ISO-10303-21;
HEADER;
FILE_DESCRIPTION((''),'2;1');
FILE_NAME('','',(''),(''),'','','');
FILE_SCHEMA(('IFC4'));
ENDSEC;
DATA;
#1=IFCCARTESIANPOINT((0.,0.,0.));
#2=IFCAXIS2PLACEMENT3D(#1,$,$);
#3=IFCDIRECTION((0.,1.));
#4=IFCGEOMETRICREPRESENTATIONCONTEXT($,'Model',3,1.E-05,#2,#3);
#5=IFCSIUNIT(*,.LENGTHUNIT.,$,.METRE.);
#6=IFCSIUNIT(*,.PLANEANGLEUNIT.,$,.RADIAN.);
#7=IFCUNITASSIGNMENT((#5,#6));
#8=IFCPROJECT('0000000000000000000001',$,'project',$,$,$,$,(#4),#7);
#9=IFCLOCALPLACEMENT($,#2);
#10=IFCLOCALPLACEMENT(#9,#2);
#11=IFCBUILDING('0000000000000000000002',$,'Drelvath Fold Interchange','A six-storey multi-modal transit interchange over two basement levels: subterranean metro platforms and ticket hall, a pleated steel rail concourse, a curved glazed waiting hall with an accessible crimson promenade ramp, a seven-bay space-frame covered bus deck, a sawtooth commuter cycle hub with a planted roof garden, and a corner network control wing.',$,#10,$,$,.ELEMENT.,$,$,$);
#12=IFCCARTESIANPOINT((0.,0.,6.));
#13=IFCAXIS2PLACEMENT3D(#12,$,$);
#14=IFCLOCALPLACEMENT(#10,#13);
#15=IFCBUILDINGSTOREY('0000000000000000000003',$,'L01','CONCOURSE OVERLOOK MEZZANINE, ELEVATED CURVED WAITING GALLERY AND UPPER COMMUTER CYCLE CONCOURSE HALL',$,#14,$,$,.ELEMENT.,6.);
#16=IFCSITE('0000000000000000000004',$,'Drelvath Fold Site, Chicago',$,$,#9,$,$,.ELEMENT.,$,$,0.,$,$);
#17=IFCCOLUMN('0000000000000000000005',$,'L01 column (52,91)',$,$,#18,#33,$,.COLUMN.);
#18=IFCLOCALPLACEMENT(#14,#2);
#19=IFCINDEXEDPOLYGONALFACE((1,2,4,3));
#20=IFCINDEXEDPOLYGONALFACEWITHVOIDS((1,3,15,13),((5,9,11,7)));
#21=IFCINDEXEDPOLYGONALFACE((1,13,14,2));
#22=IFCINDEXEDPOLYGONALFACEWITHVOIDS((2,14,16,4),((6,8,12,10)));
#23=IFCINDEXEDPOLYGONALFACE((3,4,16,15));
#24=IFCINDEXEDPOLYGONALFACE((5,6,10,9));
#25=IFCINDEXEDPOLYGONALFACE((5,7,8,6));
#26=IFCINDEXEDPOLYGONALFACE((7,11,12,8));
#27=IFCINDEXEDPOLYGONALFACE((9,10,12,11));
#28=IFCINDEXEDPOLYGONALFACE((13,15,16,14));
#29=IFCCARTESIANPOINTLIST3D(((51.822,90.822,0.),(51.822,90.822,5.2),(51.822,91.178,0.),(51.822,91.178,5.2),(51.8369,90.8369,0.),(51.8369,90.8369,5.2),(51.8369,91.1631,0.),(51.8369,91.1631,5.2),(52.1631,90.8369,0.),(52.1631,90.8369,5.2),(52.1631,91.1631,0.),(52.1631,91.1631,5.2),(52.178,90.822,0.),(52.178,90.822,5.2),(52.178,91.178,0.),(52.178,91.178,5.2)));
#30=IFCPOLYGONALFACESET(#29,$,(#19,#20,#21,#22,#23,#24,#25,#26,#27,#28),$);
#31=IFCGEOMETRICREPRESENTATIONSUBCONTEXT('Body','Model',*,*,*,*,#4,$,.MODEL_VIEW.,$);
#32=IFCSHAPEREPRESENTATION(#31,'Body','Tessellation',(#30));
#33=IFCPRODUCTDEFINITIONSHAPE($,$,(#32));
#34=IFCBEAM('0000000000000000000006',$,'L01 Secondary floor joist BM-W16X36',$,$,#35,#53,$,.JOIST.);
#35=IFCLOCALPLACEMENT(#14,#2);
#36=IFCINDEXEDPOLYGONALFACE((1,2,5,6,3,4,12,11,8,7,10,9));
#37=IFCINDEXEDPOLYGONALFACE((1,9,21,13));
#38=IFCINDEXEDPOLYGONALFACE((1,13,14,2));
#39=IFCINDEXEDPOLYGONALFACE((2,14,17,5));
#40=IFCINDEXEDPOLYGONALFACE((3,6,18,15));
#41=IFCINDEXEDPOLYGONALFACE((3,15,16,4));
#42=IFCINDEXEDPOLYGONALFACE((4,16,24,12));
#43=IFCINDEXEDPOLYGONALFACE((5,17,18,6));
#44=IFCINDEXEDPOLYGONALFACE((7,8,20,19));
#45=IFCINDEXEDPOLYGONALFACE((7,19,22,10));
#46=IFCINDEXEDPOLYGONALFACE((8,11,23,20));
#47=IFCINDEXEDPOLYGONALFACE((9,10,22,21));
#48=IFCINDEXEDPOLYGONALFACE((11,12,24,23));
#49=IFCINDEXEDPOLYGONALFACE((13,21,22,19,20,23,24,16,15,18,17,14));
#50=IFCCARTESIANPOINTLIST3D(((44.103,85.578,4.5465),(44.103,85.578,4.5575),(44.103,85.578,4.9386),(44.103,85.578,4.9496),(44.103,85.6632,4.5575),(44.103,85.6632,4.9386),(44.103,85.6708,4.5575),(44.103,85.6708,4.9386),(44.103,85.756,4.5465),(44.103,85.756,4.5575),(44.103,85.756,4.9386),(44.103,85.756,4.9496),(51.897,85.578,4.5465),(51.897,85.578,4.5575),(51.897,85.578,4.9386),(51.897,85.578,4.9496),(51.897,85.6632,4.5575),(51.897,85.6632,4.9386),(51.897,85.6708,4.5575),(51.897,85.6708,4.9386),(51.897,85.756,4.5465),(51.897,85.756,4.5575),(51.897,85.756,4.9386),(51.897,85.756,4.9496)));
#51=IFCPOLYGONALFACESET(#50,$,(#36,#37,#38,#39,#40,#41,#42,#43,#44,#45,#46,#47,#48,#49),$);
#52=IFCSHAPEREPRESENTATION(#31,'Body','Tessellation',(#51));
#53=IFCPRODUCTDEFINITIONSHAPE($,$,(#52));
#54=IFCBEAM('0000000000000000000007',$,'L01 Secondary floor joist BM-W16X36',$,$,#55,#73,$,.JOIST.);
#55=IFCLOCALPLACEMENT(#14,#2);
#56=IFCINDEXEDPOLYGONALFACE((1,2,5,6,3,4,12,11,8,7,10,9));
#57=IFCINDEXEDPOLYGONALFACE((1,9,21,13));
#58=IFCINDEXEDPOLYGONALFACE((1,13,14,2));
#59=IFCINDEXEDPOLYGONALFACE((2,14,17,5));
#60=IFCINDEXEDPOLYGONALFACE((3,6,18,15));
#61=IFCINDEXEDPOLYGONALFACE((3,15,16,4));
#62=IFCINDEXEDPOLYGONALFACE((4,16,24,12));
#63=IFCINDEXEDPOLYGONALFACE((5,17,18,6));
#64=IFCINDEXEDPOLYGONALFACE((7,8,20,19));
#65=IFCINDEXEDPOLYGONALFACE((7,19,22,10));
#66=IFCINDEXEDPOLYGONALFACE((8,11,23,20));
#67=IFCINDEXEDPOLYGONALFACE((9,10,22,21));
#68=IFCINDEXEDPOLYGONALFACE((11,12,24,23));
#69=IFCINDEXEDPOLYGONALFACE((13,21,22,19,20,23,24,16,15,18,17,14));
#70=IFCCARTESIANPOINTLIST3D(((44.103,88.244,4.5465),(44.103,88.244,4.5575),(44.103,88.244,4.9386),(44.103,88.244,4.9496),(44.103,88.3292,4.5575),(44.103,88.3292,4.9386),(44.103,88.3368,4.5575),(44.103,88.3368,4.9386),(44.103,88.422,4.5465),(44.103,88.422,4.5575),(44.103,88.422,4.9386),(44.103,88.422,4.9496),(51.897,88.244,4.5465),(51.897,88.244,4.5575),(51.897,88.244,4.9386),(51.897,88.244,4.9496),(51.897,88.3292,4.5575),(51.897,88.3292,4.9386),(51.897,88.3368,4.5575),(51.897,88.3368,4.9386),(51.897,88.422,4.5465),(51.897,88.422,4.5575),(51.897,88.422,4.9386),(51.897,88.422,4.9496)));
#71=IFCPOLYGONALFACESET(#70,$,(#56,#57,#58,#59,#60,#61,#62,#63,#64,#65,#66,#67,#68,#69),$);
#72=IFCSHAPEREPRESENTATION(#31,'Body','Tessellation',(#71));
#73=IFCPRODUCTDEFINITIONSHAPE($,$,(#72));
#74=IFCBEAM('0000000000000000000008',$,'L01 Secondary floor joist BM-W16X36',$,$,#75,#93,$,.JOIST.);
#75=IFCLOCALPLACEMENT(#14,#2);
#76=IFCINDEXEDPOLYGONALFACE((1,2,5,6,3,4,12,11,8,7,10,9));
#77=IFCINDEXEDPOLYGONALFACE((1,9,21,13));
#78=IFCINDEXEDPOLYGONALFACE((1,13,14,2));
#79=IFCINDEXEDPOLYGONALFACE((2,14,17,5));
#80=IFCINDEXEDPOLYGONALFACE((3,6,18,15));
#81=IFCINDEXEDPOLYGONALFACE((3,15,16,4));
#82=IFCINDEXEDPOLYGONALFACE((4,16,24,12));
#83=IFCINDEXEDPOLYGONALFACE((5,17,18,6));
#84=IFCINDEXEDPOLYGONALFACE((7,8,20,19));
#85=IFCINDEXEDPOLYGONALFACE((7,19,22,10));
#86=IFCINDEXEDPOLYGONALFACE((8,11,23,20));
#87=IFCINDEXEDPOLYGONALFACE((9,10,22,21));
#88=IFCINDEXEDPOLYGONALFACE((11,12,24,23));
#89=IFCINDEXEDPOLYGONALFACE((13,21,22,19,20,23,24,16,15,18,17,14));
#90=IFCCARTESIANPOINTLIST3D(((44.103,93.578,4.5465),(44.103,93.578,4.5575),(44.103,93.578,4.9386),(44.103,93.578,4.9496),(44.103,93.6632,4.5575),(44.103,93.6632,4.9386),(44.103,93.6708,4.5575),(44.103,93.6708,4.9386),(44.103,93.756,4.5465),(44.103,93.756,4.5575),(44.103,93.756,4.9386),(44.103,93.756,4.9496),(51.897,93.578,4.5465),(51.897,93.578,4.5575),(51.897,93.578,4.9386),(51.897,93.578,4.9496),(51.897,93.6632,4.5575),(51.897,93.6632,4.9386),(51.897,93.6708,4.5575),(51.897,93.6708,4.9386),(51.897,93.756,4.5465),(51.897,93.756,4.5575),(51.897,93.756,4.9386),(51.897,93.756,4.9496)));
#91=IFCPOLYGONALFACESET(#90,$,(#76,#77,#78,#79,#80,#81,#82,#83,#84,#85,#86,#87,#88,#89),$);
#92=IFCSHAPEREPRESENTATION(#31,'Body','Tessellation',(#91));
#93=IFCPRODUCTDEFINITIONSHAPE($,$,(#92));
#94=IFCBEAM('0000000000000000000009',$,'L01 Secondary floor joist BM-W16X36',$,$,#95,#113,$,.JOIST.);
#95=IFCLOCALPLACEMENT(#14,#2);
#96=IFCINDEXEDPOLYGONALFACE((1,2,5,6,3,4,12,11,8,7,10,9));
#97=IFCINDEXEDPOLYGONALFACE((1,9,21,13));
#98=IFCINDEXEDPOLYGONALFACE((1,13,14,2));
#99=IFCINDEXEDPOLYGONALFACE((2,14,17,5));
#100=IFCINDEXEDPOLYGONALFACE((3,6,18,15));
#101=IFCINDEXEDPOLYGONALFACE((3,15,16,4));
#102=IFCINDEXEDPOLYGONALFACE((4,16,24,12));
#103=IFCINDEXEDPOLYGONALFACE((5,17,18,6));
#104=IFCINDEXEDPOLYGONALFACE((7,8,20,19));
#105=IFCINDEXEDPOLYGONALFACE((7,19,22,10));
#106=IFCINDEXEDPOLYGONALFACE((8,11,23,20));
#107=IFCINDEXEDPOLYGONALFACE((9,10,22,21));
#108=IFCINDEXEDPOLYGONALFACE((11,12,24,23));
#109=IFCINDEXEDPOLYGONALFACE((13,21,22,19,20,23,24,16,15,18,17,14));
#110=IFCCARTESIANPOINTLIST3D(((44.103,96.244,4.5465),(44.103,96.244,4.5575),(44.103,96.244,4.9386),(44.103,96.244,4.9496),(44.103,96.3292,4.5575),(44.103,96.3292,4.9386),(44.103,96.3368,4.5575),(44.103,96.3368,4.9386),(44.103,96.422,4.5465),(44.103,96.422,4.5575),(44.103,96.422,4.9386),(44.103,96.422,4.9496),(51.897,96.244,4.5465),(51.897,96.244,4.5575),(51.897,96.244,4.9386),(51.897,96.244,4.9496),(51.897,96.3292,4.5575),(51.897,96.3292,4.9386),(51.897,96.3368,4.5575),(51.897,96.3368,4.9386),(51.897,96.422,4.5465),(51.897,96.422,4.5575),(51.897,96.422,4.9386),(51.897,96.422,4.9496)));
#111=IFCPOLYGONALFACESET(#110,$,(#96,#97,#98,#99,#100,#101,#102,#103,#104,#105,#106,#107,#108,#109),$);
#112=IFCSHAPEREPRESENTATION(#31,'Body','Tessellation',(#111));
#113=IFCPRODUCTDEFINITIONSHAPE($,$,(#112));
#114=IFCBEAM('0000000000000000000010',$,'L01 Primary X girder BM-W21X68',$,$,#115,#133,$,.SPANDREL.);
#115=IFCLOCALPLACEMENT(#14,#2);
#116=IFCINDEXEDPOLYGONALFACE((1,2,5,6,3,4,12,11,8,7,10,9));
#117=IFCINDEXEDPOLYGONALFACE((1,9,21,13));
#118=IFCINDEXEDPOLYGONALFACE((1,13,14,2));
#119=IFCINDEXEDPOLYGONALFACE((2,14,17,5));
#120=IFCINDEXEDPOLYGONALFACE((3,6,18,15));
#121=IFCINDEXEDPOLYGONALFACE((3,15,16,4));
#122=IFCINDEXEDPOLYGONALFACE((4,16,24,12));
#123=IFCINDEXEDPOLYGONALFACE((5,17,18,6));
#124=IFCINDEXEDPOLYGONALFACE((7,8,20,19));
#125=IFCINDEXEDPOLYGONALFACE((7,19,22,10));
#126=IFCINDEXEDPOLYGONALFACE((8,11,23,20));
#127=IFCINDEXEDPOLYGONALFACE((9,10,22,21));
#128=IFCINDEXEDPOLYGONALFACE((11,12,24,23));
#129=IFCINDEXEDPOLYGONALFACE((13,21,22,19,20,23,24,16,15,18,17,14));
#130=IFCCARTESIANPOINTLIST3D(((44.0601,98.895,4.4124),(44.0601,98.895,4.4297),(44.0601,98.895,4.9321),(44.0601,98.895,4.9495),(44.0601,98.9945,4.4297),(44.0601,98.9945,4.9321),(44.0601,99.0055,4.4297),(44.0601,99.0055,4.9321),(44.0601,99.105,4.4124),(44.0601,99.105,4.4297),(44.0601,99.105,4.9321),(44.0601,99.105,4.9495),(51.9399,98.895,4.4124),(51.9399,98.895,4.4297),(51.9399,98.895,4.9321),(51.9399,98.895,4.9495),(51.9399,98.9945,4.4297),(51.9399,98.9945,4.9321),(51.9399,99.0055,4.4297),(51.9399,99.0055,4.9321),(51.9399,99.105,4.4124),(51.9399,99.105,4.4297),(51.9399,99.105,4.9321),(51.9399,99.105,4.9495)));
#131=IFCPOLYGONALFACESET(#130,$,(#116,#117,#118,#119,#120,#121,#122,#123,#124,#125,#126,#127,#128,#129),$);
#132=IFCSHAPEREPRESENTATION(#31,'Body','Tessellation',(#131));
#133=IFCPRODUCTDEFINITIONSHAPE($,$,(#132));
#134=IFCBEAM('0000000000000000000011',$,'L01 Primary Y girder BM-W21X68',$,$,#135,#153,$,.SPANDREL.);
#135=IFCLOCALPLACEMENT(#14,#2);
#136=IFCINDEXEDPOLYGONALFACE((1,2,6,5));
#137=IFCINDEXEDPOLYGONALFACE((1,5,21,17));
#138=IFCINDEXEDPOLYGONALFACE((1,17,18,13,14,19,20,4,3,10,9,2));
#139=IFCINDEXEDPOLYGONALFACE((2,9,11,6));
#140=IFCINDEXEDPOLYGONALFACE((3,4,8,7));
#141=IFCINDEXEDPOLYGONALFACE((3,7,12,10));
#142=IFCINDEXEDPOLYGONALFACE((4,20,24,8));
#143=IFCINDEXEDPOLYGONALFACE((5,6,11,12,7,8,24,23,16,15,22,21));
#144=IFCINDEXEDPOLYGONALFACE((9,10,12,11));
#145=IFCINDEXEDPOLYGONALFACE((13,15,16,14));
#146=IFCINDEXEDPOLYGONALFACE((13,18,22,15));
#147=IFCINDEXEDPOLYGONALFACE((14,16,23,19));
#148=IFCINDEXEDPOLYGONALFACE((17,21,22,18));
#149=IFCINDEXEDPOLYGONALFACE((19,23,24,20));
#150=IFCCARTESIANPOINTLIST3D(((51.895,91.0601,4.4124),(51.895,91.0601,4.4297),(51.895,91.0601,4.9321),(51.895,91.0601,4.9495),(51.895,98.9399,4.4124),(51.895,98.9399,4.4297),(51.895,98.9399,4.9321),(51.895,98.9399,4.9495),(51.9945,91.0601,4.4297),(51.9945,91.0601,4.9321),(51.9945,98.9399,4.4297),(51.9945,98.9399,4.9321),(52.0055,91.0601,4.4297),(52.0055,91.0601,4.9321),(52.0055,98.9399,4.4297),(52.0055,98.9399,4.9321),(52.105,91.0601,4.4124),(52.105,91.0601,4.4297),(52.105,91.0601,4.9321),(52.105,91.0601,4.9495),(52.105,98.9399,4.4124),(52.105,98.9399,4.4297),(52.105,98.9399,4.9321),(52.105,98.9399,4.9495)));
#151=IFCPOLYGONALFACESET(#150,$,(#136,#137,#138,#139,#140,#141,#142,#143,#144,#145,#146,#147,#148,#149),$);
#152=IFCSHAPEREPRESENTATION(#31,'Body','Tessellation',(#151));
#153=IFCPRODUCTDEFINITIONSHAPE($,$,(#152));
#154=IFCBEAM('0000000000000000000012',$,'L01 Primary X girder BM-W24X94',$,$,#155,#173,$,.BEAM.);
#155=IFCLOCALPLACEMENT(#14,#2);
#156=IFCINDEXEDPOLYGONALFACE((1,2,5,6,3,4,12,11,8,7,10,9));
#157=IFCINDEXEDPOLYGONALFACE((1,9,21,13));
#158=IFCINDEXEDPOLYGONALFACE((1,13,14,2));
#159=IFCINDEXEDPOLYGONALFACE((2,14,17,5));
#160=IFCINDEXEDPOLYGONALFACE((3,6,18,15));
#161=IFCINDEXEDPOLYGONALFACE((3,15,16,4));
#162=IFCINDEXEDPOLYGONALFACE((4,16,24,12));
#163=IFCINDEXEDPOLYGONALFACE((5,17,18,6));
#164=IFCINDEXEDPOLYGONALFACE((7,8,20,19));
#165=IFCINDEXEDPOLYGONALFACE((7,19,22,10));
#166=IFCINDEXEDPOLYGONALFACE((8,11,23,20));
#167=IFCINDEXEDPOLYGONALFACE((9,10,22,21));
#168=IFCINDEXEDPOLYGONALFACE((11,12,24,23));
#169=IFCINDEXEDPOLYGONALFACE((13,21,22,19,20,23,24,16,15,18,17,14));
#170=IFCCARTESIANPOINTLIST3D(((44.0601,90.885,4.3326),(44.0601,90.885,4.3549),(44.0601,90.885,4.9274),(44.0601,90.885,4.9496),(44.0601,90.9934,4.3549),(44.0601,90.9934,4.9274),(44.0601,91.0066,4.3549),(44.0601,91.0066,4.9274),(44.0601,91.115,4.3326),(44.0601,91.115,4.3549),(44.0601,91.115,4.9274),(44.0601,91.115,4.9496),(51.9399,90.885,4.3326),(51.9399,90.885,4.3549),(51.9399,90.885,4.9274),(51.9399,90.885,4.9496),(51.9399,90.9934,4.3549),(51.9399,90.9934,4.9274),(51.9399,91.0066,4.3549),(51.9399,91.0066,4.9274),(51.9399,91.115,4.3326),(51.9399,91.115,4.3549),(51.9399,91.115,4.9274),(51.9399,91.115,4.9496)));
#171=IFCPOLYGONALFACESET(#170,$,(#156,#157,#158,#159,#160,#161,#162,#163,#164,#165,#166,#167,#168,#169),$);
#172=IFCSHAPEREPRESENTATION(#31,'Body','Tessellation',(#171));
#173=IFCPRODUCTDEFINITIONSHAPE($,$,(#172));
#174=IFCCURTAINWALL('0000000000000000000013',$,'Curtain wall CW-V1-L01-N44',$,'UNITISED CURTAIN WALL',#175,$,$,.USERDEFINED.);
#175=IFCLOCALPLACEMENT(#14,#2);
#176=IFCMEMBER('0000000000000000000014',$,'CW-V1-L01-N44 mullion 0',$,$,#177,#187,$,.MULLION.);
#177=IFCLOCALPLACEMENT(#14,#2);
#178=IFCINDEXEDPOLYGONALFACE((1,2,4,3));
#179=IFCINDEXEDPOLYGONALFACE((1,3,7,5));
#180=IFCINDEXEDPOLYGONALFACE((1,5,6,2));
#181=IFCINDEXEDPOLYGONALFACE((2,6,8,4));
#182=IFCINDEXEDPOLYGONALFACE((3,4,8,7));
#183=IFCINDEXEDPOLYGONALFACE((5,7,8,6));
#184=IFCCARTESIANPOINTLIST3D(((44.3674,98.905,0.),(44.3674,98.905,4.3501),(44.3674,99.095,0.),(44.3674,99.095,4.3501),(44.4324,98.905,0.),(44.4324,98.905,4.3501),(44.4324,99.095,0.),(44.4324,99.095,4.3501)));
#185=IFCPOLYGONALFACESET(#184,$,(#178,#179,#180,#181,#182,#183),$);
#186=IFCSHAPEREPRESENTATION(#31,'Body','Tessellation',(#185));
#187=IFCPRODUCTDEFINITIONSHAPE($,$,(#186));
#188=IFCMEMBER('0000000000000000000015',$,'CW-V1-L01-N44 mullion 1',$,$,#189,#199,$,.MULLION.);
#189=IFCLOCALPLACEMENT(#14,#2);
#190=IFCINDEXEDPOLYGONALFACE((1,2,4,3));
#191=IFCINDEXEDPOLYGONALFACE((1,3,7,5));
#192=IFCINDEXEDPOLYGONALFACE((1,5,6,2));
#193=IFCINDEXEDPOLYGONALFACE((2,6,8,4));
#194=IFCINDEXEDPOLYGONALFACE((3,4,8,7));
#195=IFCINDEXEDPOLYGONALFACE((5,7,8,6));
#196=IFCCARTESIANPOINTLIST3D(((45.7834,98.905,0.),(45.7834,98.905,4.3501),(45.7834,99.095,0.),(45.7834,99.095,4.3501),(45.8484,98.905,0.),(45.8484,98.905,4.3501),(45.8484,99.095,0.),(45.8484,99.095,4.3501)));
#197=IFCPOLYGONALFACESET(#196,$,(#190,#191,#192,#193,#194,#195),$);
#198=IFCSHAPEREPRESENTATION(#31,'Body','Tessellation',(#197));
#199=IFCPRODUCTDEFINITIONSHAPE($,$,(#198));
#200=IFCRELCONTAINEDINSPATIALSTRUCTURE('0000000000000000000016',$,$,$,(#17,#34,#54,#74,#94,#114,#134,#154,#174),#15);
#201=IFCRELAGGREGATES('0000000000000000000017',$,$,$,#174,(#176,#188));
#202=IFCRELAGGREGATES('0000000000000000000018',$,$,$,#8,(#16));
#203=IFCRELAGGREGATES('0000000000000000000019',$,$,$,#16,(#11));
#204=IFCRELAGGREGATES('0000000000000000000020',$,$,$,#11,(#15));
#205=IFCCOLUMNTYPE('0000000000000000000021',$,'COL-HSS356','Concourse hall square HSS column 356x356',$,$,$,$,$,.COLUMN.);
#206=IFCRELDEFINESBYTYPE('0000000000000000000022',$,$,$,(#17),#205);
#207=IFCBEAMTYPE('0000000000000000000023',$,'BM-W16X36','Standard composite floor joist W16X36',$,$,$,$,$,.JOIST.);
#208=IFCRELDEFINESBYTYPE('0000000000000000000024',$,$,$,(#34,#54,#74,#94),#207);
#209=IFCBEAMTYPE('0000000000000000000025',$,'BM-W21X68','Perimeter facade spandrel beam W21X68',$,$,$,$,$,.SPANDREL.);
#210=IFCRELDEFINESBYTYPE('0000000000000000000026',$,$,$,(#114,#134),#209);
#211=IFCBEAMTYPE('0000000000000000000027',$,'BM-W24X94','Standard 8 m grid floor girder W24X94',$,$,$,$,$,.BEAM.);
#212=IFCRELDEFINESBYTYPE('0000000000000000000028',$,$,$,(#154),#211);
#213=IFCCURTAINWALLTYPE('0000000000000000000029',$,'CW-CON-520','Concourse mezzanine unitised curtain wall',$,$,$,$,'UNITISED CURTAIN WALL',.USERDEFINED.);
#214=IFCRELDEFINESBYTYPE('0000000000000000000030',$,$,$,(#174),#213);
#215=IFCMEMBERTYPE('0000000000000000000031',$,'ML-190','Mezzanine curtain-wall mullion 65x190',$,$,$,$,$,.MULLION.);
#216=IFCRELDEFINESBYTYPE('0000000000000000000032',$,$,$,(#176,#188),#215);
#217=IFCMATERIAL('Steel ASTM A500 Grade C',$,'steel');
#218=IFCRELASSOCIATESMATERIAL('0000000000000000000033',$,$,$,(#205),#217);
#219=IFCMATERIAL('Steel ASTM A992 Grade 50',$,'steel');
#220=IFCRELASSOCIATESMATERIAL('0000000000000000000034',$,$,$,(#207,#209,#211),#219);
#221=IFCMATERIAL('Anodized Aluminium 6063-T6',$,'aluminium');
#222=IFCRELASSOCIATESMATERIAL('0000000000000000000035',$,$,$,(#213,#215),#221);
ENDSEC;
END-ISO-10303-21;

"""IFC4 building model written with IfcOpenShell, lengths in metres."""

from ifc_helpers import new_model, si_unit, direction, frame, origin, origin_2d, place, context, subcontext, project, spatial, rectangle, hollow_rectangle, i_section, extrude, material, material_profile, profile_set, type_object, element, aggregate, save


model = new_model("IFC4")

# Units and contexts
model_context = context("Model", 3, precision=1e-05, world=origin(), true_north=direction((0.0, 1.0)))
body_context = subcontext(model_context, "Body", "Model", "MODEL_VIEW")
ifc_project = project(units=[si_unit("LENGTHUNIT", "METRE"), si_unit("PLANEANGLEUNIT", "RADIAN")], contexts=[model_context])

# Site, building, storey
site_placement = place(None, origin())
site = spatial("IfcSite", under=ifc_project, at=site_placement, Name="Drelvath Fold Site, Chicago", CompositionType="ELEMENT", RefElevation=0.0)
building_placement = place(site_placement, origin())
building = spatial("IfcBuilding", under=site, at=building_placement, Name="Drelvath Fold Interchange", Description="A six-storey multi-modal transit interchange over two basement levels: subterranean metro platforms and ticket hall, a pleated steel rail concourse, a curved glazed waiting hall with an accessible crimson promenade ramp, a seven-bay space-frame covered bus deck, a sawtooth commuter cycle hub with a planted roof garden, and a corner network control wing.", CompositionType="ELEMENT")
storey_placement = place(building_placement, frame((0.0, 0.0, 6.0)))
storey = spatial("IfcBuildingStorey", under=building, at=storey_placement, Name="L01", Description="CONCOURSE OVERLOOK MEZZANINE, ELEVATED CURVED WAITING GALLERY AND UPPER COMMUTER CYCLE CONCOURSE HALL", CompositionType="ELEMENT", Elevation=6.0)

# Column
ifc_material_1 = material(Name="Steel ASTM A500 Grade C", Category="steel")
ifc_material_profile_1 = material_profile(ifc_material_1, hollow_rectangle(XDim=0.356, YDim=0.356, WallThickness=0.0149, at=origin_2d()), Name="HSS14X14X5/8")
ifc_profile_set_1 = profile_set([ifc_material_profile_1], Name="Steel ASTM A500 Grade C")
column_type = type_object("IfcColumnType", Name="COL-HSS356", Description="Concourse hall square HSS column 356x356", PredefinedType="COLUMN", material=ifc_profile_set_1)
column_placement = place(storey_placement, frame((52.0, 91.0, 0.0), z_axis=(0.0, 0.0, 1.0), x_axis=(1.0, 0.0, 0.0)))
element("IfcColumn", 1, at=column_placement, inside=storey, type_object=column_type, Name="L01 column (52,91)", PredefinedType="COLUMN", context=body_context, shape_type="SweptSolid", body=[
    extrude(hollow_rectangle(XDim=0.356, YDim=0.356, WallThickness=0.0149, at=origin_2d()), origin(), (0.0, 0.0, 1.0), 5.2),
])

# Beams
ifc_material_2 = material(Name="Steel ASTM A992 Grade 50", Category="steel")
ifc_material_profile_2 = material_profile(ifc_material_2, i_section(OverallWidth=0.178, OverallDepth=0.4031, WebThickness=0.0076, FlangeThickness=0.011, at=origin_2d()), Name="W16X36")
ifc_profile_set_2 = profile_set([ifc_material_profile_2], Name="Steel ASTM A992 Grade 50")
beam_type_1 = type_object("IfcBeamType", Name="BM-W16X36", Description="Standard composite floor joist W16X36", PredefinedType="JOIST", material=ifc_profile_set_2)
for number, where, z_axis, x_axis, name in (
    (2, (44.103, 85.667, 4.748), (1.0, 0.0, 0.0), (0.0, 1.0, 0.0), "L01 Secondary floor joist BM-W16X36"),
    (3, (44.103, 88.333, 4.748), (1.0, 0.0, 0.0), (0.0, 1.0, 0.0), "L01 Secondary floor joist BM-W16X36"),
    (4, (44.103, 93.667, 4.748), (1.0, 0.0, 0.0), (0.0, 1.0, 0.0), "L01 Secondary floor joist BM-W16X36"),
    (5, (44.103, 96.333, 4.748), (1.0, 0.0, 0.0), (0.0, 1.0, 0.0), "L01 Secondary floor joist BM-W16X36"),
):
    element("IfcBeam", number, at=place(storey_placement, frame(where, z_axis=z_axis, x_axis=x_axis)), inside=storey, type_object=beam_type_1, Name=name, PredefinedType="JOIST", context=body_context, shape_type="SweptSolid", body=[
        extrude(i_section(OverallWidth=0.178, OverallDepth=0.4031, WebThickness=0.0076, FlangeThickness=0.011, at=origin_2d()), origin(), (0.0, 0.0, 1.0), 7.7939),
    ])
ifc_material_profile_3 = material_profile(ifc_material_2, i_section(OverallWidth=0.21, OverallDepth=0.5371, WebThickness=0.011, FlangeThickness=0.0173, at=origin_2d()), Name="W21X68")
ifc_profile_set_3 = profile_set([ifc_material_profile_3], Name="Steel ASTM A992 Grade 50")
beam_type_2 = type_object("IfcBeamType", Name="BM-W21X68", Description="Perimeter facade spandrel beam W21X68", PredefinedType="SPANDREL", material=ifc_profile_set_3)
for number, where, z_axis, x_axis, name in (
    (6, (44.0601, 99.0, 4.6809), (1.0, 0.0, 0.0), (0.0, 1.0, 0.0), "L01 Primary X girder BM-W21X68"),
    (7, (52.0, 91.0601, 4.6809), (0.0, 1.0, 0.0), (-1.0, 0.0, 0.0), "L01 Primary Y girder BM-W21X68"),
):
    element("IfcBeam", number, at=place(storey_placement, frame(where, z_axis=z_axis, x_axis=x_axis)), inside=storey, type_object=beam_type_2, Name=name, PredefinedType="SPANDREL", context=body_context, shape_type="SweptSolid", body=[
        extrude(i_section(OverallWidth=0.21, OverallDepth=0.5371, WebThickness=0.011, FlangeThickness=0.0173, at=origin_2d()), origin(), (0.0, 0.0, 1.0), 7.8799),
    ])
ifc_material_profile_4 = material_profile(ifc_material_2, i_section(OverallWidth=0.23, OverallDepth=0.6169, WebThickness=0.0132, FlangeThickness=0.0222, at=origin_2d()), Name="W24X94")
ifc_profile_set_4 = profile_set([ifc_material_profile_4], Name="Steel ASTM A992 Grade 50")
beam_type_3 = type_object("IfcBeamType", Name="BM-W24X94", Description="Standard 8 m grid floor girder W24X94", PredefinedType="BEAM", material=ifc_profile_set_4)
beam_placement = place(storey_placement, frame((44.0601, 91.0, 4.6411), z_axis=(1.0, 0.0, 0.0), x_axis=(0.0, 1.0, 0.0)))
element("IfcBeam", 8, at=beam_placement, inside=storey, type_object=beam_type_3, Name="L01 Primary X girder BM-W24X94", PredefinedType="BEAM", context=body_context, shape_type="SweptSolid", body=[
    extrude(i_section(OverallWidth=0.23, OverallDepth=0.6169, WebThickness=0.0132, FlangeThickness=0.0222, at=origin_2d()), origin(), (0.0, 0.0, 1.0), 7.8799),
])

# Curtain wall, members
ifc_material_3 = material(Name="Anodized Aluminium 6063-T6", Category="aluminium")
curtain_wall_type = type_object("IfcCurtainWallType", Name="CW-CON-520", Description="Concourse mezzanine unitised curtain wall", ElementType="UNITISED CURTAIN WALL", PredefinedType="USERDEFINED", material=ifc_material_3)
curtain_wall_placement = place(storey_placement, origin())
curtain_wall = element("IfcCurtainWall", 9, at=curtain_wall_placement, inside=storey, type_object=curtain_wall_type, Name="Curtain wall CW-V1-L01-N44", ObjectType="UNITISED CURTAIN WALL", PredefinedType="USERDEFINED")
ifc_material_profile_5 = material_profile(ifc_material_3, rectangle(XDim=0.0649, YDim=0.1899, at=origin_2d()), Name="AL-M 65x190")
ifc_profile_set_5 = profile_set([ifc_material_profile_5], Name="Anodized Aluminium 6063-T6")
member_type_1 = type_object("IfcMemberType", Name="ML-190", Description="Mezzanine curtain-wall mullion 65x190", PredefinedType="MULLION", material=ifc_profile_set_5)
member_1_placement = place(storey_placement, frame((44.3999, 99.0, 0.0), z_axis=(0.0, 0.0, 1.0), x_axis=(1.0, 0.0, 0.0)))
member_1 = element("IfcMember", 10, at=member_1_placement, type_object=member_type_1, Name="CW-V1-L01-N44 mullion 0", PredefinedType="MULLION", context=body_context, shape_type="SweptSolid", body=[
    extrude(rectangle(XDim=0.0649, YDim=0.1899, at=origin_2d()), origin(), (0.0, 0.0, 1.0), 4.3501),
])
member_2_placement = place(storey_placement, frame((45.8159, 99.0, 0.0), z_axis=(0.0, 0.0, 1.0), x_axis=(1.0, 0.0, 0.0)))
member_2 = element("IfcMember", 11, at=member_2_placement, type_object=member_type_1, Name="CW-V1-L01-N44 mullion 1", PredefinedType="MULLION", context=body_context, shape_type="SweptSolid", body=[
    extrude(rectangle(XDim=0.0649, YDim=0.1899, at=origin_2d()), origin(), (0.0, 0.0, 1.0), 4.3501),
])
aggregate(curtain_wall, [member_1, member_2])

save(model, "model.ifc")
